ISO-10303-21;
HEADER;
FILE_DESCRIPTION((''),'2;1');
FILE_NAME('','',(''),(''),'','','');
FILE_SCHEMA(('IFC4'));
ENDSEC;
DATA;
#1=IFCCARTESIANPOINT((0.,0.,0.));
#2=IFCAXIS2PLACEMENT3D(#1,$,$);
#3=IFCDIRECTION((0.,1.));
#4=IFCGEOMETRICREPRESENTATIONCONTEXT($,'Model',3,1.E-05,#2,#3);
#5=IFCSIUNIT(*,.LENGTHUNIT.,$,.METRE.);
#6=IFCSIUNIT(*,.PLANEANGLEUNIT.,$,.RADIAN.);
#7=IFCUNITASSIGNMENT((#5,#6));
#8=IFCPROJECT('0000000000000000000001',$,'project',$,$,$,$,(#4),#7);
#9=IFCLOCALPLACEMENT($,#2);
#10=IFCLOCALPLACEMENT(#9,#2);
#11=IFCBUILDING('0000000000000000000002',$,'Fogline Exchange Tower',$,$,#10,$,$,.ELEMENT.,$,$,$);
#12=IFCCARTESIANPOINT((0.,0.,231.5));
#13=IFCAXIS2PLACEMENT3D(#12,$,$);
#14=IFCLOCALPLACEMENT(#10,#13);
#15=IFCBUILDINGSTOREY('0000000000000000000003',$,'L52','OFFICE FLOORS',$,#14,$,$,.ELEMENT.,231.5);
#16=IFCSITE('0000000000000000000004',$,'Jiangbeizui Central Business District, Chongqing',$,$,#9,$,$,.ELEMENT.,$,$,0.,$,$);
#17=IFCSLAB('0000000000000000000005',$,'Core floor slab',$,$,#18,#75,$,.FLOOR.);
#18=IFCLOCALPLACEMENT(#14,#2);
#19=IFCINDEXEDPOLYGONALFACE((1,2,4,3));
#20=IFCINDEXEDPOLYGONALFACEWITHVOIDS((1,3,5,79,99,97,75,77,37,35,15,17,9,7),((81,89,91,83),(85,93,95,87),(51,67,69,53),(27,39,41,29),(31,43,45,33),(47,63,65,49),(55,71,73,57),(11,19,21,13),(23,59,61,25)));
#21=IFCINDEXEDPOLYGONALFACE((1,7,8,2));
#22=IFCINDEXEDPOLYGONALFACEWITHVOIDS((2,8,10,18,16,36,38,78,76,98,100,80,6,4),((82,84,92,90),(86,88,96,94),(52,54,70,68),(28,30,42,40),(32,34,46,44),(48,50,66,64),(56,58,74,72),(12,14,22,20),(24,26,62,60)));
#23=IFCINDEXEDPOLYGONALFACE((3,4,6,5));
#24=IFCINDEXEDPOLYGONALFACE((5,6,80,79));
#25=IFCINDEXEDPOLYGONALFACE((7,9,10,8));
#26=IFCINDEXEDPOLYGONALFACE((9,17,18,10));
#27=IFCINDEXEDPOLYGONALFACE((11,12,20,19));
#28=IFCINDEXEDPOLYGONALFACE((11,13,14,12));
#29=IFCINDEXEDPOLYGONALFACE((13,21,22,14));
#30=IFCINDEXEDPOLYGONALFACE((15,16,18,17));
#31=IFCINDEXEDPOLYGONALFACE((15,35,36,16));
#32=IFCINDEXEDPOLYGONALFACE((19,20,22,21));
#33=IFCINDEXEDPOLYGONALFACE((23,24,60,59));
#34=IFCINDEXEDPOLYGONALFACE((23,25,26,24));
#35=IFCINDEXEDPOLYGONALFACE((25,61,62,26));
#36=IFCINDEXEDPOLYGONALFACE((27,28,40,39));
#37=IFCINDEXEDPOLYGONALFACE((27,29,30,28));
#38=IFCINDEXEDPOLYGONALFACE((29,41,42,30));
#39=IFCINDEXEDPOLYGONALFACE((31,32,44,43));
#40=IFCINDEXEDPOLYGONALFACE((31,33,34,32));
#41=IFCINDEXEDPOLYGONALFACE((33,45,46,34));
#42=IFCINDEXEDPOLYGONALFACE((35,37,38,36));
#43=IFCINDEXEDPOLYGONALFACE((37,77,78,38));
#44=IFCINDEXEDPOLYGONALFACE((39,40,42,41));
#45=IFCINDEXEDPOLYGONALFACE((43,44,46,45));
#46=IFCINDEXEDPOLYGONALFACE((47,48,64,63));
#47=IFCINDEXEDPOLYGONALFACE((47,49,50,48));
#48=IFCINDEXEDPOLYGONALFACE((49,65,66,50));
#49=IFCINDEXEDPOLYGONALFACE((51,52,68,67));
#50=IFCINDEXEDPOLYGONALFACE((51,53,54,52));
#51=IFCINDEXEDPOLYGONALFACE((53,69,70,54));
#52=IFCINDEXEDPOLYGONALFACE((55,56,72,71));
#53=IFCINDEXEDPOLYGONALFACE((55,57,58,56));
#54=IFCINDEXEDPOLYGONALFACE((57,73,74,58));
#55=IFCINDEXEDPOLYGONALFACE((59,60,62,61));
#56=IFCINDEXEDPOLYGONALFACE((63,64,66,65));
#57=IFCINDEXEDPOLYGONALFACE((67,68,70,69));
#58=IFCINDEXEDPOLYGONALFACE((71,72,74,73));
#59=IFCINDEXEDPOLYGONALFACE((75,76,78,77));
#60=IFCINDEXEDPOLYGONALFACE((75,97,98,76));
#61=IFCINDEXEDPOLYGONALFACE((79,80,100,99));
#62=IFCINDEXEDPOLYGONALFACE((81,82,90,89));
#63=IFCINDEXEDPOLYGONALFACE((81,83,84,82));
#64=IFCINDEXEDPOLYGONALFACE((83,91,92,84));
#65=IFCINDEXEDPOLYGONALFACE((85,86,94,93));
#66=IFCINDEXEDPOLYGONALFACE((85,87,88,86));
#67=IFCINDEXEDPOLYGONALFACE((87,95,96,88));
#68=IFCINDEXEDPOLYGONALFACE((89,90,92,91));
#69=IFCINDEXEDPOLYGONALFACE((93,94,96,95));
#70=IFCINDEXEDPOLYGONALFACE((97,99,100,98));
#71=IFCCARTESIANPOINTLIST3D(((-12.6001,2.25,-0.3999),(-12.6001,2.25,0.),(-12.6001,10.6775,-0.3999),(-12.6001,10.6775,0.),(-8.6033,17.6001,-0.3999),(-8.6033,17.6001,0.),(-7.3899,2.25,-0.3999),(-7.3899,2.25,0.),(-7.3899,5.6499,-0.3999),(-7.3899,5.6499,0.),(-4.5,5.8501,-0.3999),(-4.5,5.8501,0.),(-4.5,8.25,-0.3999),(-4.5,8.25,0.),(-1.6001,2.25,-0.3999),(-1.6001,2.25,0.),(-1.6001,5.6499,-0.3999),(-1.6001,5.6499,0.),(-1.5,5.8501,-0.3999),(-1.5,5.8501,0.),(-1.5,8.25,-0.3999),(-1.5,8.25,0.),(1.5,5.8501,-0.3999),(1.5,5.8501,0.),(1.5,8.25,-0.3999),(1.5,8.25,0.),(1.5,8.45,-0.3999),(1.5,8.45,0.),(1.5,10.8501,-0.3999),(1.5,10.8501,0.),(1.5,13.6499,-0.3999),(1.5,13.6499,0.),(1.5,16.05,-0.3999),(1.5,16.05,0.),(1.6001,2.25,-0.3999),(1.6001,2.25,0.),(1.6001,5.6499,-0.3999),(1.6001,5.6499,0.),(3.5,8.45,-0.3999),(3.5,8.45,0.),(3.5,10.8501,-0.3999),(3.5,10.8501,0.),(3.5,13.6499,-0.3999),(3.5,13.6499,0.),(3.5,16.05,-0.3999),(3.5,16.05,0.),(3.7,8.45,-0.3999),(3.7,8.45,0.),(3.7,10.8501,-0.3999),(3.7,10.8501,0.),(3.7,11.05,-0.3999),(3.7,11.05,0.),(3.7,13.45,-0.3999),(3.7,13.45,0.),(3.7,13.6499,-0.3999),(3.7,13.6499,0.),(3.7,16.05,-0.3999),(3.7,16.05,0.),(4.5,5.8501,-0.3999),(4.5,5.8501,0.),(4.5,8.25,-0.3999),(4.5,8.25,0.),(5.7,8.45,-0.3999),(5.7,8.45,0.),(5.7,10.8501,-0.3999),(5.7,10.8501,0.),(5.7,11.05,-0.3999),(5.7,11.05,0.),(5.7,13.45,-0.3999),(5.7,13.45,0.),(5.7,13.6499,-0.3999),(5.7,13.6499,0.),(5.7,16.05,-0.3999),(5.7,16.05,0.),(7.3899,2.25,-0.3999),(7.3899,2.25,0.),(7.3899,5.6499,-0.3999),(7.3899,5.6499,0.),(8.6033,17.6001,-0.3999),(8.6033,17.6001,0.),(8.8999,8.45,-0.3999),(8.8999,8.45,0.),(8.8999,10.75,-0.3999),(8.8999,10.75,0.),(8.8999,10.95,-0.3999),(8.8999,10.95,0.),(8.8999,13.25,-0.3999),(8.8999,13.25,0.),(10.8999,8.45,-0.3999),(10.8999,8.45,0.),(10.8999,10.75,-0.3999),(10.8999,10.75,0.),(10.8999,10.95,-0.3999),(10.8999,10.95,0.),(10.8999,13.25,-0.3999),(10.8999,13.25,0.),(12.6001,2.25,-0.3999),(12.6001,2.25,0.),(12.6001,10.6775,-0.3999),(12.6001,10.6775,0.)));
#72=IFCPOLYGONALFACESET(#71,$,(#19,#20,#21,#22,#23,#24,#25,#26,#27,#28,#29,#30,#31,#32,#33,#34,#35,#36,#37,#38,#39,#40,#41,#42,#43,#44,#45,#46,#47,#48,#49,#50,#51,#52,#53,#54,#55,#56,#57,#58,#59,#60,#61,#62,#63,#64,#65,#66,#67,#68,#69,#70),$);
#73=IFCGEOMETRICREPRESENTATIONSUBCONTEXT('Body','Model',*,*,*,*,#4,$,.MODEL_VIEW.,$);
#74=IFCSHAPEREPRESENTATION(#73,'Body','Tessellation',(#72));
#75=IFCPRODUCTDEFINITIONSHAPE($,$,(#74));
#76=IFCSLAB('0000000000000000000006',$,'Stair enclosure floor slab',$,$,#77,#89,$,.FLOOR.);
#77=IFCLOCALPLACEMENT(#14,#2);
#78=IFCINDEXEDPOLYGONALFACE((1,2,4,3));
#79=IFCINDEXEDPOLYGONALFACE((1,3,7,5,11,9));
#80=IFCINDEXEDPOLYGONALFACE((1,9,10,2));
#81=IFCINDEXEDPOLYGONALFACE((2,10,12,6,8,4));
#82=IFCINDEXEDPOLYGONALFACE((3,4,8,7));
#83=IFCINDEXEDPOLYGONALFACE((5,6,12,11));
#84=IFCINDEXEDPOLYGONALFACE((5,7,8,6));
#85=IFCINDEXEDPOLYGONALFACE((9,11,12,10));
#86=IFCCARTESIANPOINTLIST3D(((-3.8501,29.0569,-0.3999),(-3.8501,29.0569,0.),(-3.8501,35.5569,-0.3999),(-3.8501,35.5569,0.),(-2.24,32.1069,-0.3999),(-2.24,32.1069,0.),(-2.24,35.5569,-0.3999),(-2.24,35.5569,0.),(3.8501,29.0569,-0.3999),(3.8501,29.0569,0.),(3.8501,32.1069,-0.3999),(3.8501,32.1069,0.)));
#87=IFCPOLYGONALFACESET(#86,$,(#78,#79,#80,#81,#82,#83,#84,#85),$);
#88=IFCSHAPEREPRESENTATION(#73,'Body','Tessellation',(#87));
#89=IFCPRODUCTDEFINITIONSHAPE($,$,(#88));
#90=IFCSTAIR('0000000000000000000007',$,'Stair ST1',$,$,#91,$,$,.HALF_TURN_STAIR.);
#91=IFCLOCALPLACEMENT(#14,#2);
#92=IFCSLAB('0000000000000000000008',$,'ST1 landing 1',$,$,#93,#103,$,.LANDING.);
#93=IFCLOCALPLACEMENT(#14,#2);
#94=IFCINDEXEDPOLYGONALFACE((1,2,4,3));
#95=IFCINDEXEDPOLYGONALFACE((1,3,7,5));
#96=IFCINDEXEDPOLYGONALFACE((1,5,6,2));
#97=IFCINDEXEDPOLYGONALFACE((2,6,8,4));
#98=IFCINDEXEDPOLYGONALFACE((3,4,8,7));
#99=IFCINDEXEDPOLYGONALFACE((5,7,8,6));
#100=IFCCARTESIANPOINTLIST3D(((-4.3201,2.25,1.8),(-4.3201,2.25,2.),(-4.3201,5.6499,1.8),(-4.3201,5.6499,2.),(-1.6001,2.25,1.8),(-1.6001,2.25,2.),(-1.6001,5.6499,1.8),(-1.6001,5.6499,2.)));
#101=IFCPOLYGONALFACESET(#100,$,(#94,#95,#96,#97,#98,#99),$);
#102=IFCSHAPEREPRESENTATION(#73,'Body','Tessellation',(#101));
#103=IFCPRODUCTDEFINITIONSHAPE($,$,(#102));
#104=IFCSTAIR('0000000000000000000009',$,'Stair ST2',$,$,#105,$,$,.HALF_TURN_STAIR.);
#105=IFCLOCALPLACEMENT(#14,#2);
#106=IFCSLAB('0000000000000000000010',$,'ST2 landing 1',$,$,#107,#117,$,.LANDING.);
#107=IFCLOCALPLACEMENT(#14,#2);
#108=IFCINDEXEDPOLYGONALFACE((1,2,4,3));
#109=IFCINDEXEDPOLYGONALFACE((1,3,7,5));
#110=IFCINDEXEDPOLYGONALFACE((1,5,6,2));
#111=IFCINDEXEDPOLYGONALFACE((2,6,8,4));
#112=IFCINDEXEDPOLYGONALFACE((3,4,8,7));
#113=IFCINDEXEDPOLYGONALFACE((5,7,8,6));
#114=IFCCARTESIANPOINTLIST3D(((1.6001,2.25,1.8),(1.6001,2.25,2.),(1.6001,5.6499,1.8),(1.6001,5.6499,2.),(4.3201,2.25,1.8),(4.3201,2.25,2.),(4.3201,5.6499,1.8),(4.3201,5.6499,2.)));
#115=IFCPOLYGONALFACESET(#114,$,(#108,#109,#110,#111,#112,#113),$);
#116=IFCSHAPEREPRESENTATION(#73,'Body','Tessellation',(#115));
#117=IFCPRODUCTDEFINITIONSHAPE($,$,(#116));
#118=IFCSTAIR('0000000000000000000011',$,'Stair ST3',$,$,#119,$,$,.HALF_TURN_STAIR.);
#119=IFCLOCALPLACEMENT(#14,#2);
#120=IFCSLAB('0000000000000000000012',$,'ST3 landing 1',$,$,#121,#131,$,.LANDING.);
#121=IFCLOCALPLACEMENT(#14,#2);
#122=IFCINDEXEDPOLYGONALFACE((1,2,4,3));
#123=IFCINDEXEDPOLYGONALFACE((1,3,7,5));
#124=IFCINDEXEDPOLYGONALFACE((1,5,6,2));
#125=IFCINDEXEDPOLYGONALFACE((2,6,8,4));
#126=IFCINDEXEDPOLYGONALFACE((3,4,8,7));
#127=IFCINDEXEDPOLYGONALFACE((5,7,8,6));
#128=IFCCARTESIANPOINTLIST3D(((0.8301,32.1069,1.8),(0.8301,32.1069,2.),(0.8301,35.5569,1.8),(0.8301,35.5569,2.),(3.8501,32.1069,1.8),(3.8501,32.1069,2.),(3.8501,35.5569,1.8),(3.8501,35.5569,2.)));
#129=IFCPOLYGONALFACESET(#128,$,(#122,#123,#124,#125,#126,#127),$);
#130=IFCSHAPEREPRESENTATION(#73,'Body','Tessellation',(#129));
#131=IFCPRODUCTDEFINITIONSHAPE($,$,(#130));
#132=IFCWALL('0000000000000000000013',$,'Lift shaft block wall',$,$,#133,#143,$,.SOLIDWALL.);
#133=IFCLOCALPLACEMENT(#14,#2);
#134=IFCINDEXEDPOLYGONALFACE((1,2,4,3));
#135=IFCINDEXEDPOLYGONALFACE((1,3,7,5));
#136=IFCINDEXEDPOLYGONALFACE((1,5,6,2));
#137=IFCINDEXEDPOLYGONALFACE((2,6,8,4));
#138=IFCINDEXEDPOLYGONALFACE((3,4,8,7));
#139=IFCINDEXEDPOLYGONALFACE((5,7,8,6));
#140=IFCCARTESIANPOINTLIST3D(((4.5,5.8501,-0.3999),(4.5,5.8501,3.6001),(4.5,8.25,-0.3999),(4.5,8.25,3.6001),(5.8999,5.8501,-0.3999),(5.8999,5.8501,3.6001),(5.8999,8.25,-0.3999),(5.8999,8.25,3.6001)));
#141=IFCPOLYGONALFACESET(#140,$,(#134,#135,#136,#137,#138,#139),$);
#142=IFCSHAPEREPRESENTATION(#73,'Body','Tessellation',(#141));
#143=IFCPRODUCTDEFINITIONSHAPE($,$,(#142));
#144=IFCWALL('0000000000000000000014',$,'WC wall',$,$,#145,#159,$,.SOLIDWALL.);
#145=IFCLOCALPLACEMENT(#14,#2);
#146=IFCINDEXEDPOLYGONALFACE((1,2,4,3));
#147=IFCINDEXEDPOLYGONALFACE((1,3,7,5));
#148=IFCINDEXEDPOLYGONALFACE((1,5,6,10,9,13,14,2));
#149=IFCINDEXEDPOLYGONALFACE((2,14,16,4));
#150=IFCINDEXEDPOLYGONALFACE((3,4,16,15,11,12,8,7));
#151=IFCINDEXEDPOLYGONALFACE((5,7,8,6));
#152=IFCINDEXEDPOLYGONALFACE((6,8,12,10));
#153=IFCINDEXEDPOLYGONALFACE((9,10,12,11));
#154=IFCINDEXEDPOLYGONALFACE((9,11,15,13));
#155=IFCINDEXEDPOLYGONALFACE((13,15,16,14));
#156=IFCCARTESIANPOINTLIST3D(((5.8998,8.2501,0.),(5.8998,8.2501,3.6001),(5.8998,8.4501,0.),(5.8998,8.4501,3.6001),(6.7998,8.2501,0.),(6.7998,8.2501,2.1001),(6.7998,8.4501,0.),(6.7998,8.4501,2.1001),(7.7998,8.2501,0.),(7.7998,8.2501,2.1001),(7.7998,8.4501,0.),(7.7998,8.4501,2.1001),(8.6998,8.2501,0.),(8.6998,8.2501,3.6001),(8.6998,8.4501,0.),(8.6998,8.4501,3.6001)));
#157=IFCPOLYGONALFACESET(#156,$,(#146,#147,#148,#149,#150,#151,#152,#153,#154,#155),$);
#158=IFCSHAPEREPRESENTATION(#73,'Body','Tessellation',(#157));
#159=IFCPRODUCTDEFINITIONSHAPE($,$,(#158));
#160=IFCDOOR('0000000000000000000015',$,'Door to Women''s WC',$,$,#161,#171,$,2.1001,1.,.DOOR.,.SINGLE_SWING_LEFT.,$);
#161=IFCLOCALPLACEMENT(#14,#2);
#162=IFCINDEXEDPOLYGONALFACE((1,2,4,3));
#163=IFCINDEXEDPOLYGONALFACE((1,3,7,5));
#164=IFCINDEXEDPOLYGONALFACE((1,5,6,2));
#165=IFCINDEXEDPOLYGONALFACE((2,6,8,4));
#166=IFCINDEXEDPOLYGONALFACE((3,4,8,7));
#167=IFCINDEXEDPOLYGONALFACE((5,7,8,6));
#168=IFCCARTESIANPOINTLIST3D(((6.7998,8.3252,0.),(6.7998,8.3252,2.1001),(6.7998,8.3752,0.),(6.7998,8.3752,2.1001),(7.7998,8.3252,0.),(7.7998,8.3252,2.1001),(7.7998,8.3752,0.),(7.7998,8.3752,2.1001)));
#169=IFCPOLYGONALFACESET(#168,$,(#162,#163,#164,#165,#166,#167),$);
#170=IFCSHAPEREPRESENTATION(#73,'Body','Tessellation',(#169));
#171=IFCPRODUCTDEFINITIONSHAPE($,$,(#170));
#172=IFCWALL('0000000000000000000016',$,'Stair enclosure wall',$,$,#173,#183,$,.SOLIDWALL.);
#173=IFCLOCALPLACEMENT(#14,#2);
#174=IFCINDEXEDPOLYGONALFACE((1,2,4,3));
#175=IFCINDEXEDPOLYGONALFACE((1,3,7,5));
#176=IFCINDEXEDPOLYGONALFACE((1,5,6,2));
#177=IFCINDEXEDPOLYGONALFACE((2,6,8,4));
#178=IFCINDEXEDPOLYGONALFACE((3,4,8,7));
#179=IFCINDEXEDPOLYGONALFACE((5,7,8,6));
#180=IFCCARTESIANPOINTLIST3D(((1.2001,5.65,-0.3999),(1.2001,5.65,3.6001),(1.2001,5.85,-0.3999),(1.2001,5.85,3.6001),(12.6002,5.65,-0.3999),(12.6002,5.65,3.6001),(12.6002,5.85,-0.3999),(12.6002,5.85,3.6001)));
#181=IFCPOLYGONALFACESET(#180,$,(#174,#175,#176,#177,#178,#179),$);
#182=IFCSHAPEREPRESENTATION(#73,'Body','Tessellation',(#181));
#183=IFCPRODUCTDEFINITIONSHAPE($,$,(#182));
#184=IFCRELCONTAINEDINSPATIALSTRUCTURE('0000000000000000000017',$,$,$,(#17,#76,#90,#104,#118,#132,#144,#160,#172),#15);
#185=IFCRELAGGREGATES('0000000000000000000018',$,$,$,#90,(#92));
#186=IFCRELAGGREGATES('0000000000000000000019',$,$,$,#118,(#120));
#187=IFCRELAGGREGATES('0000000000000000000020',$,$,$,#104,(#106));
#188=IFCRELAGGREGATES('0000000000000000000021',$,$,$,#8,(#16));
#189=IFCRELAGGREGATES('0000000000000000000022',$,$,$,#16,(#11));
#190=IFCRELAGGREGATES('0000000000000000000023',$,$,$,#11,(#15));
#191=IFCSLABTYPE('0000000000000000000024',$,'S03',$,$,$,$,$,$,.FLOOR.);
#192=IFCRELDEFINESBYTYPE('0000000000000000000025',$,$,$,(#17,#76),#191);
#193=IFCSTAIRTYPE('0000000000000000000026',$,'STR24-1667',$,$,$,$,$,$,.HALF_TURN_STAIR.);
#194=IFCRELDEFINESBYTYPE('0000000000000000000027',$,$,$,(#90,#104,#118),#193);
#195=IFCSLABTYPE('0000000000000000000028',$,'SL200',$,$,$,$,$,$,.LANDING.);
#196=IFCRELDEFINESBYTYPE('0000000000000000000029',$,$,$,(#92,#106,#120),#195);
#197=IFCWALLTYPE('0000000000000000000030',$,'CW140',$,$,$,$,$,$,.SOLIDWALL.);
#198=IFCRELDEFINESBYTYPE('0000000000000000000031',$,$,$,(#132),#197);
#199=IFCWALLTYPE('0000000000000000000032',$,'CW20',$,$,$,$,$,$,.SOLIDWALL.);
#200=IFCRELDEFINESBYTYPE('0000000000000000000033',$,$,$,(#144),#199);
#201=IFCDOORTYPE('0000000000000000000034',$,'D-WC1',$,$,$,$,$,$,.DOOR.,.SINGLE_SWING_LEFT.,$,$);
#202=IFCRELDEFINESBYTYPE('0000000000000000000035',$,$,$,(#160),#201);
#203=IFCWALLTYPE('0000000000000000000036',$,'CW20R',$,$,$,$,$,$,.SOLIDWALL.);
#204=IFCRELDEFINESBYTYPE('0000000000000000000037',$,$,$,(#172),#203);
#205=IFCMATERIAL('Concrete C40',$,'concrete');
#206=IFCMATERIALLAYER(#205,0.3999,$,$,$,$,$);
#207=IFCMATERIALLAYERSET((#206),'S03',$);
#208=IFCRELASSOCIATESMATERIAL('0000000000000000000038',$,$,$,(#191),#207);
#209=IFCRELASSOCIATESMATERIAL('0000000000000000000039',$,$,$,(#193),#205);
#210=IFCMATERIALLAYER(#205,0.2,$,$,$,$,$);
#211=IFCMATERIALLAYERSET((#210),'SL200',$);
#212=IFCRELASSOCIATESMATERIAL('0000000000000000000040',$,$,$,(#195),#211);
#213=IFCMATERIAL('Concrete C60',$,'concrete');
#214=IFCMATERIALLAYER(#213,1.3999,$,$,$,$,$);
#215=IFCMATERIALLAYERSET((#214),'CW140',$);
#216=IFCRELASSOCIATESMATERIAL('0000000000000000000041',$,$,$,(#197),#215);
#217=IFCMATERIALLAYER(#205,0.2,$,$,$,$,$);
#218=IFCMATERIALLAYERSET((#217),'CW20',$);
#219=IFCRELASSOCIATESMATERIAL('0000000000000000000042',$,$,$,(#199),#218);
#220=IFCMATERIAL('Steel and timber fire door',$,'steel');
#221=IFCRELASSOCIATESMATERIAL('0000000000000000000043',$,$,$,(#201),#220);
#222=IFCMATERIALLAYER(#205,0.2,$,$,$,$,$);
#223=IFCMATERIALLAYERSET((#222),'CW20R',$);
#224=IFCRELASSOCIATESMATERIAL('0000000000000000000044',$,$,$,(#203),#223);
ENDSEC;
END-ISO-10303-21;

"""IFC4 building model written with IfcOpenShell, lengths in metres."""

from ifc_helpers import new_model, si_unit, direction, frame, frame_2d, origin, place, context, subcontext, project, spatial, polyline, rectangle, outline, extrude, material, layer, layer_set, type_object, element, fill, aggregate, save


model = new_model("IFC4")

# Units and contexts
model_context = context("Model", 3, precision=1e-05, world=origin(), true_north=direction((0.0, 1.0)))
body_context = subcontext(model_context, "Body", "Model", "MODEL_VIEW")
ifc_project = project(units=[si_unit("LENGTHUNIT", "METRE"), si_unit("PLANEANGLEUNIT", "RADIAN")], contexts=[model_context])

# Site, building, storey
site_placement = place(None, origin())
site = spatial("IfcSite", under=ifc_project, at=site_placement, Name="Jiangbeizui Central Business District, Chongqing", CompositionType="ELEMENT", RefElevation=0.0)
building_placement = place(site_placement, origin())
building = spatial("IfcBuilding", under=site, at=building_placement, Name="Fogline Exchange Tower", CompositionType="ELEMENT")
storey_placement = place(building_placement, frame((0.0, 0.0, 231.5)))
storey = spatial("IfcBuildingStorey", under=building, at=storey_placement, Name="L52", Description="OFFICE FLOORS", CompositionType="ELEMENT", Elevation=231.5)

# Slabs
ifc_material_1 = material(Name="Concrete C40", Category="concrete")
ifc_layer_1 = layer(ifc_material_1, 0.3999)
ifc_layer_set_1 = layer_set([ifc_layer_1], Name="S03")
slab_type_1 = type_object("IfcSlabType", Name="S03", PredefinedType="FLOOR", material=ifc_layer_set_1)
slab_1_placement = place(storey_placement, frame((0.0, 0.0, -0.3999)))
element("IfcSlab", 1, at=slab_1_placement, inside=storey, type_object=slab_type_1, Name="Core floor slab", PredefinedType="FLOOR", context=body_context, shape_type="SweptSolid", body=[
    extrude(outline(polyline([(-12.6001, 2.25), (-12.6001, 10.6775), (-8.6033, 17.6001), (8.6033, 17.6001), (12.6001, 10.6775), (12.6001, 2.25), (7.3899, 2.25), (7.3899, 5.6499), (1.6001, 5.6499), (1.6001, 2.25), (-1.6001, 2.25), (-1.6001, 5.6499), (-7.3899, 5.6499), (-7.3899, 2.25), (-12.6001, 2.25)]), holes=[polyline([(-4.5, 8.25), (-4.5, 5.8501), (-1.5, 5.8501), (-1.5, 8.25), (-4.5, 8.25)]), polyline([(4.5, 8.25), (1.5, 8.25), (1.5, 5.8501), (4.5, 5.8501), (4.5, 8.25)]), polyline([(3.5, 10.8501), (1.5, 10.8501), (1.5, 8.45), (3.5, 8.45), (3.5, 10.8501)]), polyline([(1.5, 16.05), (1.5, 13.6499), (3.5, 13.6499), (3.5, 16.05), (1.5, 16.05)]), polyline([(10.8999, 10.75), (8.8999, 10.75), (8.8999, 8.45), (10.8999, 8.45), (10.8999, 10.75)]), polyline([(5.7, 10.8501), (3.7, 10.8501), (3.7, 8.45), (5.7, 8.45), (5.7, 10.8501)]), polyline([(8.8999, 13.25), (8.8999, 10.95), (10.8999, 10.95), (10.8999, 13.25), (8.8999, 13.25)]), polyline([(5.7, 13.45), (3.7, 13.45), (3.7, 11.05), (5.7, 11.05), (5.7, 13.45)]), polyline([(5.7, 16.05), (3.7, 16.05), (3.7, 13.6499), (5.7, 13.6499), (5.7, 16.05)])]), origin(), (0.0, 0.0, 1.0), 0.3999),
])
slab_2_placement = place(storey_placement, frame((0.0, 0.0, -0.3999)))
element("IfcSlab", 2, at=slab_2_placement, inside=storey, type_object=slab_type_1, Name="Stair enclosure floor slab", PredefinedType="FLOOR", context=body_context, shape_type="SweptSolid", body=[
    extrude(outline(polyline([(3.8501, 29.0569), (-3.8501, 29.0569), (-3.8501, 35.5569), (-2.24, 35.5569), (-2.24, 32.1069), (3.8501, 32.1069), (3.8501, 29.0569)])), origin(), (0.0, 0.0, 1.0), 0.3999),
])

# Stairs, slabs
stair_type = type_object("IfcStairType", Name="STR24-1667", PredefinedType="HALF_TURN_STAIR", material=ifc_material_1)
stair_1_placement = place(storey_placement, origin())
stair_1 = element("IfcStair", 3, at=stair_1_placement, inside=storey, type_object=stair_type, Name="Stair ST1", PredefinedType="HALF_TURN_STAIR")
ifc_layer_2 = layer(ifc_material_1, 0.2)
ifc_layer_set_2 = layer_set([ifc_layer_2], Name="SL200")
slab_type_2 = type_object("IfcSlabType", Name="SL200", PredefinedType="LANDING", material=ifc_layer_set_2)
slab_3_placement = place(storey_placement, frame((0.0, 0.0, 1.8)))
slab_3 = element("IfcSlab", 4, at=slab_3_placement, type_object=slab_type_2, Name="ST1 landing 1", PredefinedType="LANDING", context=body_context, shape_type="SweptSolid", body=[
    extrude(outline(polyline([(-4.3201, 2.25), (-1.6001, 2.25), (-1.6001, 5.6499), (-4.3201, 5.6499), (-4.3201, 2.25)])), origin(), (0.0, 0.0, 1.0), 0.2),
])
aggregate(stair_1, [slab_3])
stair_2_placement = place(storey_placement, origin())
stair_2 = element("IfcStair", 5, at=stair_2_placement, inside=storey, type_object=stair_type, Name="Stair ST2", PredefinedType="HALF_TURN_STAIR")
slab_4_placement = place(storey_placement, frame((0.0, 0.0, 1.8)))
slab_4 = element("IfcSlab", 6, at=slab_4_placement, type_object=slab_type_2, Name="ST2 landing 1", PredefinedType="LANDING", context=body_context, shape_type="SweptSolid", body=[
    extrude(outline(polyline([(1.6001, 2.25), (4.3201, 2.25), (4.3201, 5.6499), (1.6001, 5.6499), (1.6001, 2.25)])), origin(), (0.0, 0.0, 1.0), 0.2),
])
stair_3_placement = place(storey_placement, origin())
stair_3 = element("IfcStair", 7, at=stair_3_placement, inside=storey, type_object=stair_type, Name="Stair ST3", PredefinedType="HALF_TURN_STAIR")
slab_5_placement = place(storey_placement, frame((0.0, 0.0, 1.8)))
slab_5 = element("IfcSlab", 8, at=slab_5_placement, type_object=slab_type_2, Name="ST3 landing 1", PredefinedType="LANDING", context=body_context, shape_type="SweptSolid", body=[
    extrude(outline(polyline([(0.8301, 32.1069), (3.8501, 32.1069), (3.8501, 35.5569), (0.8301, 35.5569), (0.8301, 32.1069)])), origin(), (0.0, 0.0, 1.0), 0.2),
])
aggregate(stair_3, [slab_5])

# Wall
ifc_material_2 = material(Name="Concrete C60", Category="concrete")
ifc_layer_3 = layer(ifc_material_2, 1.3999)
ifc_layer_set_3 = layer_set([ifc_layer_3], Name="CW140")
wall_type_1 = type_object("IfcWallType", Name="CW140", PredefinedType="SOLIDWALL", material=ifc_layer_set_3)
wall_1_placement = place(storey_placement, frame((5.2, 5.8501, -0.3999), z_axis=(0.0, 0.0, 1.0), x_axis=(0.0, 1.0, 0.0)))
element("IfcWall", 9, at=wall_1_placement, inside=storey, type_object=wall_type_1, Name="Lift shaft block wall", PredefinedType="SOLIDWALL", context=body_context, shape_type="SweptSolid", body=[
    extrude(rectangle(XDim=2.3999, YDim=1.3999, at=frame_2d((1.2, 0.0))), origin(), (0.0, 0.0, 1.0), 4.0),
])

# Wall, opening, door
ifc_layer_4 = layer(ifc_material_1, 0.2)
ifc_layer_set_4 = layer_set([ifc_layer_4], Name="CW20")
wall_type_2 = type_object("IfcWallType", Name="CW20", PredefinedType="SOLIDWALL", material=ifc_layer_set_4)
wall_2_placement = place(storey_placement, frame((5.8999, 8.3501, 0.0), z_axis=(0.0, 0.0, 1.0), x_axis=(1.0, 0.0, 0.0)))
wall_2 = element("IfcWall", 10, at=wall_2_placement, inside=storey, type_object=wall_type_2, Name="WC wall", PredefinedType="SOLIDWALL", context=body_context, shape_type="SweptSolid", body=[
    extrude(rectangle(XDim=2.8, YDim=0.2, at=frame_2d((1.3999, 0.0))), origin(), (0.0, 0.0, 1.0), 3.6001),
])
opening_1_placement = place(wall_2_placement, frame((0.8999, 0.0, 0.0)))
opening_1 = element("IfcOpeningElement", 11, at=opening_1_placement, cuts=wall_2, PredefinedType="OPENING", context=body_context, shape_type="SweptSolid", body=[
    extrude(rectangle(XDim=1.0, YDim=2.1001, at=frame_2d((0.5, 1.05))), frame((0.0, 0.1099, 0.0), z_axis=(0.0, -1.0, 0.0), x_axis=(1.0, 0.0, 0.0)), (0.0, 0.0, 1.0), 0.22),
])
ifc_material_3 = material(Name="Steel and timber fire door", Category="steel")
door_type_1 = type_object("IfcDoorType", Name="D-WC1", OperationType="SINGLE_SWING_LEFT", PredefinedType="DOOR", material=ifc_material_3)
door_1_placement = place(opening_1_placement, frame((1.0, 0.0, 0.0), z_axis=(0.0, 0.0, 1.0), x_axis=(-1.0, 0.0, 0.0)))
door_1 = element("IfcDoor", 12, at=door_1_placement, inside=storey, type_object=door_type_1, Name="Door to Women's WC", OperationType="SINGLE_SWING_LEFT", OverallHeight=2.1001, OverallWidth=1.0, PredefinedType="DOOR", context=body_context, shape_type="SweptSolid", body=[
    extrude(rectangle(XDim=1.0, YDim=2.1001, at=frame_2d((0.5, 1.05))), frame((0.0, 0.0249, 0.0), z_axis=(0.0, -1.0, 0.0), x_axis=(1.0, 0.0, 0.0)), (0.0, 0.0, 1.0), 0.05),
])
fill(opening_1, door_1)

# Wall
ifc_layer_5 = layer(ifc_material_1, 0.2)
ifc_layer_set_5 = layer_set([ifc_layer_5], Name="CW20R")
wall_type_3 = type_object("IfcWallType", Name="CW20R", PredefinedType="SOLIDWALL", material=ifc_layer_set_5)
wall_3_placement = place(storey_placement, frame((1.2, 5.75, -0.3999), z_axis=(0.0, 0.0, 1.0), x_axis=(1.0, 0.0, 0.0)))
element("IfcWall", 13, at=wall_3_placement, inside=storey, type_object=wall_type_3, Name="Stair enclosure wall", PredefinedType="SOLIDWALL", context=body_context, shape_type="SweptSolid", body=[
    extrude(rectangle(XDim=11.4001, YDim=0.2, at=frame_2d((5.7002, 0.0))), origin(), (0.0, 0.0, 1.0), 4.0),
])

aggregate(stair_2, [slab_4])

save(model, "model.ifc")
